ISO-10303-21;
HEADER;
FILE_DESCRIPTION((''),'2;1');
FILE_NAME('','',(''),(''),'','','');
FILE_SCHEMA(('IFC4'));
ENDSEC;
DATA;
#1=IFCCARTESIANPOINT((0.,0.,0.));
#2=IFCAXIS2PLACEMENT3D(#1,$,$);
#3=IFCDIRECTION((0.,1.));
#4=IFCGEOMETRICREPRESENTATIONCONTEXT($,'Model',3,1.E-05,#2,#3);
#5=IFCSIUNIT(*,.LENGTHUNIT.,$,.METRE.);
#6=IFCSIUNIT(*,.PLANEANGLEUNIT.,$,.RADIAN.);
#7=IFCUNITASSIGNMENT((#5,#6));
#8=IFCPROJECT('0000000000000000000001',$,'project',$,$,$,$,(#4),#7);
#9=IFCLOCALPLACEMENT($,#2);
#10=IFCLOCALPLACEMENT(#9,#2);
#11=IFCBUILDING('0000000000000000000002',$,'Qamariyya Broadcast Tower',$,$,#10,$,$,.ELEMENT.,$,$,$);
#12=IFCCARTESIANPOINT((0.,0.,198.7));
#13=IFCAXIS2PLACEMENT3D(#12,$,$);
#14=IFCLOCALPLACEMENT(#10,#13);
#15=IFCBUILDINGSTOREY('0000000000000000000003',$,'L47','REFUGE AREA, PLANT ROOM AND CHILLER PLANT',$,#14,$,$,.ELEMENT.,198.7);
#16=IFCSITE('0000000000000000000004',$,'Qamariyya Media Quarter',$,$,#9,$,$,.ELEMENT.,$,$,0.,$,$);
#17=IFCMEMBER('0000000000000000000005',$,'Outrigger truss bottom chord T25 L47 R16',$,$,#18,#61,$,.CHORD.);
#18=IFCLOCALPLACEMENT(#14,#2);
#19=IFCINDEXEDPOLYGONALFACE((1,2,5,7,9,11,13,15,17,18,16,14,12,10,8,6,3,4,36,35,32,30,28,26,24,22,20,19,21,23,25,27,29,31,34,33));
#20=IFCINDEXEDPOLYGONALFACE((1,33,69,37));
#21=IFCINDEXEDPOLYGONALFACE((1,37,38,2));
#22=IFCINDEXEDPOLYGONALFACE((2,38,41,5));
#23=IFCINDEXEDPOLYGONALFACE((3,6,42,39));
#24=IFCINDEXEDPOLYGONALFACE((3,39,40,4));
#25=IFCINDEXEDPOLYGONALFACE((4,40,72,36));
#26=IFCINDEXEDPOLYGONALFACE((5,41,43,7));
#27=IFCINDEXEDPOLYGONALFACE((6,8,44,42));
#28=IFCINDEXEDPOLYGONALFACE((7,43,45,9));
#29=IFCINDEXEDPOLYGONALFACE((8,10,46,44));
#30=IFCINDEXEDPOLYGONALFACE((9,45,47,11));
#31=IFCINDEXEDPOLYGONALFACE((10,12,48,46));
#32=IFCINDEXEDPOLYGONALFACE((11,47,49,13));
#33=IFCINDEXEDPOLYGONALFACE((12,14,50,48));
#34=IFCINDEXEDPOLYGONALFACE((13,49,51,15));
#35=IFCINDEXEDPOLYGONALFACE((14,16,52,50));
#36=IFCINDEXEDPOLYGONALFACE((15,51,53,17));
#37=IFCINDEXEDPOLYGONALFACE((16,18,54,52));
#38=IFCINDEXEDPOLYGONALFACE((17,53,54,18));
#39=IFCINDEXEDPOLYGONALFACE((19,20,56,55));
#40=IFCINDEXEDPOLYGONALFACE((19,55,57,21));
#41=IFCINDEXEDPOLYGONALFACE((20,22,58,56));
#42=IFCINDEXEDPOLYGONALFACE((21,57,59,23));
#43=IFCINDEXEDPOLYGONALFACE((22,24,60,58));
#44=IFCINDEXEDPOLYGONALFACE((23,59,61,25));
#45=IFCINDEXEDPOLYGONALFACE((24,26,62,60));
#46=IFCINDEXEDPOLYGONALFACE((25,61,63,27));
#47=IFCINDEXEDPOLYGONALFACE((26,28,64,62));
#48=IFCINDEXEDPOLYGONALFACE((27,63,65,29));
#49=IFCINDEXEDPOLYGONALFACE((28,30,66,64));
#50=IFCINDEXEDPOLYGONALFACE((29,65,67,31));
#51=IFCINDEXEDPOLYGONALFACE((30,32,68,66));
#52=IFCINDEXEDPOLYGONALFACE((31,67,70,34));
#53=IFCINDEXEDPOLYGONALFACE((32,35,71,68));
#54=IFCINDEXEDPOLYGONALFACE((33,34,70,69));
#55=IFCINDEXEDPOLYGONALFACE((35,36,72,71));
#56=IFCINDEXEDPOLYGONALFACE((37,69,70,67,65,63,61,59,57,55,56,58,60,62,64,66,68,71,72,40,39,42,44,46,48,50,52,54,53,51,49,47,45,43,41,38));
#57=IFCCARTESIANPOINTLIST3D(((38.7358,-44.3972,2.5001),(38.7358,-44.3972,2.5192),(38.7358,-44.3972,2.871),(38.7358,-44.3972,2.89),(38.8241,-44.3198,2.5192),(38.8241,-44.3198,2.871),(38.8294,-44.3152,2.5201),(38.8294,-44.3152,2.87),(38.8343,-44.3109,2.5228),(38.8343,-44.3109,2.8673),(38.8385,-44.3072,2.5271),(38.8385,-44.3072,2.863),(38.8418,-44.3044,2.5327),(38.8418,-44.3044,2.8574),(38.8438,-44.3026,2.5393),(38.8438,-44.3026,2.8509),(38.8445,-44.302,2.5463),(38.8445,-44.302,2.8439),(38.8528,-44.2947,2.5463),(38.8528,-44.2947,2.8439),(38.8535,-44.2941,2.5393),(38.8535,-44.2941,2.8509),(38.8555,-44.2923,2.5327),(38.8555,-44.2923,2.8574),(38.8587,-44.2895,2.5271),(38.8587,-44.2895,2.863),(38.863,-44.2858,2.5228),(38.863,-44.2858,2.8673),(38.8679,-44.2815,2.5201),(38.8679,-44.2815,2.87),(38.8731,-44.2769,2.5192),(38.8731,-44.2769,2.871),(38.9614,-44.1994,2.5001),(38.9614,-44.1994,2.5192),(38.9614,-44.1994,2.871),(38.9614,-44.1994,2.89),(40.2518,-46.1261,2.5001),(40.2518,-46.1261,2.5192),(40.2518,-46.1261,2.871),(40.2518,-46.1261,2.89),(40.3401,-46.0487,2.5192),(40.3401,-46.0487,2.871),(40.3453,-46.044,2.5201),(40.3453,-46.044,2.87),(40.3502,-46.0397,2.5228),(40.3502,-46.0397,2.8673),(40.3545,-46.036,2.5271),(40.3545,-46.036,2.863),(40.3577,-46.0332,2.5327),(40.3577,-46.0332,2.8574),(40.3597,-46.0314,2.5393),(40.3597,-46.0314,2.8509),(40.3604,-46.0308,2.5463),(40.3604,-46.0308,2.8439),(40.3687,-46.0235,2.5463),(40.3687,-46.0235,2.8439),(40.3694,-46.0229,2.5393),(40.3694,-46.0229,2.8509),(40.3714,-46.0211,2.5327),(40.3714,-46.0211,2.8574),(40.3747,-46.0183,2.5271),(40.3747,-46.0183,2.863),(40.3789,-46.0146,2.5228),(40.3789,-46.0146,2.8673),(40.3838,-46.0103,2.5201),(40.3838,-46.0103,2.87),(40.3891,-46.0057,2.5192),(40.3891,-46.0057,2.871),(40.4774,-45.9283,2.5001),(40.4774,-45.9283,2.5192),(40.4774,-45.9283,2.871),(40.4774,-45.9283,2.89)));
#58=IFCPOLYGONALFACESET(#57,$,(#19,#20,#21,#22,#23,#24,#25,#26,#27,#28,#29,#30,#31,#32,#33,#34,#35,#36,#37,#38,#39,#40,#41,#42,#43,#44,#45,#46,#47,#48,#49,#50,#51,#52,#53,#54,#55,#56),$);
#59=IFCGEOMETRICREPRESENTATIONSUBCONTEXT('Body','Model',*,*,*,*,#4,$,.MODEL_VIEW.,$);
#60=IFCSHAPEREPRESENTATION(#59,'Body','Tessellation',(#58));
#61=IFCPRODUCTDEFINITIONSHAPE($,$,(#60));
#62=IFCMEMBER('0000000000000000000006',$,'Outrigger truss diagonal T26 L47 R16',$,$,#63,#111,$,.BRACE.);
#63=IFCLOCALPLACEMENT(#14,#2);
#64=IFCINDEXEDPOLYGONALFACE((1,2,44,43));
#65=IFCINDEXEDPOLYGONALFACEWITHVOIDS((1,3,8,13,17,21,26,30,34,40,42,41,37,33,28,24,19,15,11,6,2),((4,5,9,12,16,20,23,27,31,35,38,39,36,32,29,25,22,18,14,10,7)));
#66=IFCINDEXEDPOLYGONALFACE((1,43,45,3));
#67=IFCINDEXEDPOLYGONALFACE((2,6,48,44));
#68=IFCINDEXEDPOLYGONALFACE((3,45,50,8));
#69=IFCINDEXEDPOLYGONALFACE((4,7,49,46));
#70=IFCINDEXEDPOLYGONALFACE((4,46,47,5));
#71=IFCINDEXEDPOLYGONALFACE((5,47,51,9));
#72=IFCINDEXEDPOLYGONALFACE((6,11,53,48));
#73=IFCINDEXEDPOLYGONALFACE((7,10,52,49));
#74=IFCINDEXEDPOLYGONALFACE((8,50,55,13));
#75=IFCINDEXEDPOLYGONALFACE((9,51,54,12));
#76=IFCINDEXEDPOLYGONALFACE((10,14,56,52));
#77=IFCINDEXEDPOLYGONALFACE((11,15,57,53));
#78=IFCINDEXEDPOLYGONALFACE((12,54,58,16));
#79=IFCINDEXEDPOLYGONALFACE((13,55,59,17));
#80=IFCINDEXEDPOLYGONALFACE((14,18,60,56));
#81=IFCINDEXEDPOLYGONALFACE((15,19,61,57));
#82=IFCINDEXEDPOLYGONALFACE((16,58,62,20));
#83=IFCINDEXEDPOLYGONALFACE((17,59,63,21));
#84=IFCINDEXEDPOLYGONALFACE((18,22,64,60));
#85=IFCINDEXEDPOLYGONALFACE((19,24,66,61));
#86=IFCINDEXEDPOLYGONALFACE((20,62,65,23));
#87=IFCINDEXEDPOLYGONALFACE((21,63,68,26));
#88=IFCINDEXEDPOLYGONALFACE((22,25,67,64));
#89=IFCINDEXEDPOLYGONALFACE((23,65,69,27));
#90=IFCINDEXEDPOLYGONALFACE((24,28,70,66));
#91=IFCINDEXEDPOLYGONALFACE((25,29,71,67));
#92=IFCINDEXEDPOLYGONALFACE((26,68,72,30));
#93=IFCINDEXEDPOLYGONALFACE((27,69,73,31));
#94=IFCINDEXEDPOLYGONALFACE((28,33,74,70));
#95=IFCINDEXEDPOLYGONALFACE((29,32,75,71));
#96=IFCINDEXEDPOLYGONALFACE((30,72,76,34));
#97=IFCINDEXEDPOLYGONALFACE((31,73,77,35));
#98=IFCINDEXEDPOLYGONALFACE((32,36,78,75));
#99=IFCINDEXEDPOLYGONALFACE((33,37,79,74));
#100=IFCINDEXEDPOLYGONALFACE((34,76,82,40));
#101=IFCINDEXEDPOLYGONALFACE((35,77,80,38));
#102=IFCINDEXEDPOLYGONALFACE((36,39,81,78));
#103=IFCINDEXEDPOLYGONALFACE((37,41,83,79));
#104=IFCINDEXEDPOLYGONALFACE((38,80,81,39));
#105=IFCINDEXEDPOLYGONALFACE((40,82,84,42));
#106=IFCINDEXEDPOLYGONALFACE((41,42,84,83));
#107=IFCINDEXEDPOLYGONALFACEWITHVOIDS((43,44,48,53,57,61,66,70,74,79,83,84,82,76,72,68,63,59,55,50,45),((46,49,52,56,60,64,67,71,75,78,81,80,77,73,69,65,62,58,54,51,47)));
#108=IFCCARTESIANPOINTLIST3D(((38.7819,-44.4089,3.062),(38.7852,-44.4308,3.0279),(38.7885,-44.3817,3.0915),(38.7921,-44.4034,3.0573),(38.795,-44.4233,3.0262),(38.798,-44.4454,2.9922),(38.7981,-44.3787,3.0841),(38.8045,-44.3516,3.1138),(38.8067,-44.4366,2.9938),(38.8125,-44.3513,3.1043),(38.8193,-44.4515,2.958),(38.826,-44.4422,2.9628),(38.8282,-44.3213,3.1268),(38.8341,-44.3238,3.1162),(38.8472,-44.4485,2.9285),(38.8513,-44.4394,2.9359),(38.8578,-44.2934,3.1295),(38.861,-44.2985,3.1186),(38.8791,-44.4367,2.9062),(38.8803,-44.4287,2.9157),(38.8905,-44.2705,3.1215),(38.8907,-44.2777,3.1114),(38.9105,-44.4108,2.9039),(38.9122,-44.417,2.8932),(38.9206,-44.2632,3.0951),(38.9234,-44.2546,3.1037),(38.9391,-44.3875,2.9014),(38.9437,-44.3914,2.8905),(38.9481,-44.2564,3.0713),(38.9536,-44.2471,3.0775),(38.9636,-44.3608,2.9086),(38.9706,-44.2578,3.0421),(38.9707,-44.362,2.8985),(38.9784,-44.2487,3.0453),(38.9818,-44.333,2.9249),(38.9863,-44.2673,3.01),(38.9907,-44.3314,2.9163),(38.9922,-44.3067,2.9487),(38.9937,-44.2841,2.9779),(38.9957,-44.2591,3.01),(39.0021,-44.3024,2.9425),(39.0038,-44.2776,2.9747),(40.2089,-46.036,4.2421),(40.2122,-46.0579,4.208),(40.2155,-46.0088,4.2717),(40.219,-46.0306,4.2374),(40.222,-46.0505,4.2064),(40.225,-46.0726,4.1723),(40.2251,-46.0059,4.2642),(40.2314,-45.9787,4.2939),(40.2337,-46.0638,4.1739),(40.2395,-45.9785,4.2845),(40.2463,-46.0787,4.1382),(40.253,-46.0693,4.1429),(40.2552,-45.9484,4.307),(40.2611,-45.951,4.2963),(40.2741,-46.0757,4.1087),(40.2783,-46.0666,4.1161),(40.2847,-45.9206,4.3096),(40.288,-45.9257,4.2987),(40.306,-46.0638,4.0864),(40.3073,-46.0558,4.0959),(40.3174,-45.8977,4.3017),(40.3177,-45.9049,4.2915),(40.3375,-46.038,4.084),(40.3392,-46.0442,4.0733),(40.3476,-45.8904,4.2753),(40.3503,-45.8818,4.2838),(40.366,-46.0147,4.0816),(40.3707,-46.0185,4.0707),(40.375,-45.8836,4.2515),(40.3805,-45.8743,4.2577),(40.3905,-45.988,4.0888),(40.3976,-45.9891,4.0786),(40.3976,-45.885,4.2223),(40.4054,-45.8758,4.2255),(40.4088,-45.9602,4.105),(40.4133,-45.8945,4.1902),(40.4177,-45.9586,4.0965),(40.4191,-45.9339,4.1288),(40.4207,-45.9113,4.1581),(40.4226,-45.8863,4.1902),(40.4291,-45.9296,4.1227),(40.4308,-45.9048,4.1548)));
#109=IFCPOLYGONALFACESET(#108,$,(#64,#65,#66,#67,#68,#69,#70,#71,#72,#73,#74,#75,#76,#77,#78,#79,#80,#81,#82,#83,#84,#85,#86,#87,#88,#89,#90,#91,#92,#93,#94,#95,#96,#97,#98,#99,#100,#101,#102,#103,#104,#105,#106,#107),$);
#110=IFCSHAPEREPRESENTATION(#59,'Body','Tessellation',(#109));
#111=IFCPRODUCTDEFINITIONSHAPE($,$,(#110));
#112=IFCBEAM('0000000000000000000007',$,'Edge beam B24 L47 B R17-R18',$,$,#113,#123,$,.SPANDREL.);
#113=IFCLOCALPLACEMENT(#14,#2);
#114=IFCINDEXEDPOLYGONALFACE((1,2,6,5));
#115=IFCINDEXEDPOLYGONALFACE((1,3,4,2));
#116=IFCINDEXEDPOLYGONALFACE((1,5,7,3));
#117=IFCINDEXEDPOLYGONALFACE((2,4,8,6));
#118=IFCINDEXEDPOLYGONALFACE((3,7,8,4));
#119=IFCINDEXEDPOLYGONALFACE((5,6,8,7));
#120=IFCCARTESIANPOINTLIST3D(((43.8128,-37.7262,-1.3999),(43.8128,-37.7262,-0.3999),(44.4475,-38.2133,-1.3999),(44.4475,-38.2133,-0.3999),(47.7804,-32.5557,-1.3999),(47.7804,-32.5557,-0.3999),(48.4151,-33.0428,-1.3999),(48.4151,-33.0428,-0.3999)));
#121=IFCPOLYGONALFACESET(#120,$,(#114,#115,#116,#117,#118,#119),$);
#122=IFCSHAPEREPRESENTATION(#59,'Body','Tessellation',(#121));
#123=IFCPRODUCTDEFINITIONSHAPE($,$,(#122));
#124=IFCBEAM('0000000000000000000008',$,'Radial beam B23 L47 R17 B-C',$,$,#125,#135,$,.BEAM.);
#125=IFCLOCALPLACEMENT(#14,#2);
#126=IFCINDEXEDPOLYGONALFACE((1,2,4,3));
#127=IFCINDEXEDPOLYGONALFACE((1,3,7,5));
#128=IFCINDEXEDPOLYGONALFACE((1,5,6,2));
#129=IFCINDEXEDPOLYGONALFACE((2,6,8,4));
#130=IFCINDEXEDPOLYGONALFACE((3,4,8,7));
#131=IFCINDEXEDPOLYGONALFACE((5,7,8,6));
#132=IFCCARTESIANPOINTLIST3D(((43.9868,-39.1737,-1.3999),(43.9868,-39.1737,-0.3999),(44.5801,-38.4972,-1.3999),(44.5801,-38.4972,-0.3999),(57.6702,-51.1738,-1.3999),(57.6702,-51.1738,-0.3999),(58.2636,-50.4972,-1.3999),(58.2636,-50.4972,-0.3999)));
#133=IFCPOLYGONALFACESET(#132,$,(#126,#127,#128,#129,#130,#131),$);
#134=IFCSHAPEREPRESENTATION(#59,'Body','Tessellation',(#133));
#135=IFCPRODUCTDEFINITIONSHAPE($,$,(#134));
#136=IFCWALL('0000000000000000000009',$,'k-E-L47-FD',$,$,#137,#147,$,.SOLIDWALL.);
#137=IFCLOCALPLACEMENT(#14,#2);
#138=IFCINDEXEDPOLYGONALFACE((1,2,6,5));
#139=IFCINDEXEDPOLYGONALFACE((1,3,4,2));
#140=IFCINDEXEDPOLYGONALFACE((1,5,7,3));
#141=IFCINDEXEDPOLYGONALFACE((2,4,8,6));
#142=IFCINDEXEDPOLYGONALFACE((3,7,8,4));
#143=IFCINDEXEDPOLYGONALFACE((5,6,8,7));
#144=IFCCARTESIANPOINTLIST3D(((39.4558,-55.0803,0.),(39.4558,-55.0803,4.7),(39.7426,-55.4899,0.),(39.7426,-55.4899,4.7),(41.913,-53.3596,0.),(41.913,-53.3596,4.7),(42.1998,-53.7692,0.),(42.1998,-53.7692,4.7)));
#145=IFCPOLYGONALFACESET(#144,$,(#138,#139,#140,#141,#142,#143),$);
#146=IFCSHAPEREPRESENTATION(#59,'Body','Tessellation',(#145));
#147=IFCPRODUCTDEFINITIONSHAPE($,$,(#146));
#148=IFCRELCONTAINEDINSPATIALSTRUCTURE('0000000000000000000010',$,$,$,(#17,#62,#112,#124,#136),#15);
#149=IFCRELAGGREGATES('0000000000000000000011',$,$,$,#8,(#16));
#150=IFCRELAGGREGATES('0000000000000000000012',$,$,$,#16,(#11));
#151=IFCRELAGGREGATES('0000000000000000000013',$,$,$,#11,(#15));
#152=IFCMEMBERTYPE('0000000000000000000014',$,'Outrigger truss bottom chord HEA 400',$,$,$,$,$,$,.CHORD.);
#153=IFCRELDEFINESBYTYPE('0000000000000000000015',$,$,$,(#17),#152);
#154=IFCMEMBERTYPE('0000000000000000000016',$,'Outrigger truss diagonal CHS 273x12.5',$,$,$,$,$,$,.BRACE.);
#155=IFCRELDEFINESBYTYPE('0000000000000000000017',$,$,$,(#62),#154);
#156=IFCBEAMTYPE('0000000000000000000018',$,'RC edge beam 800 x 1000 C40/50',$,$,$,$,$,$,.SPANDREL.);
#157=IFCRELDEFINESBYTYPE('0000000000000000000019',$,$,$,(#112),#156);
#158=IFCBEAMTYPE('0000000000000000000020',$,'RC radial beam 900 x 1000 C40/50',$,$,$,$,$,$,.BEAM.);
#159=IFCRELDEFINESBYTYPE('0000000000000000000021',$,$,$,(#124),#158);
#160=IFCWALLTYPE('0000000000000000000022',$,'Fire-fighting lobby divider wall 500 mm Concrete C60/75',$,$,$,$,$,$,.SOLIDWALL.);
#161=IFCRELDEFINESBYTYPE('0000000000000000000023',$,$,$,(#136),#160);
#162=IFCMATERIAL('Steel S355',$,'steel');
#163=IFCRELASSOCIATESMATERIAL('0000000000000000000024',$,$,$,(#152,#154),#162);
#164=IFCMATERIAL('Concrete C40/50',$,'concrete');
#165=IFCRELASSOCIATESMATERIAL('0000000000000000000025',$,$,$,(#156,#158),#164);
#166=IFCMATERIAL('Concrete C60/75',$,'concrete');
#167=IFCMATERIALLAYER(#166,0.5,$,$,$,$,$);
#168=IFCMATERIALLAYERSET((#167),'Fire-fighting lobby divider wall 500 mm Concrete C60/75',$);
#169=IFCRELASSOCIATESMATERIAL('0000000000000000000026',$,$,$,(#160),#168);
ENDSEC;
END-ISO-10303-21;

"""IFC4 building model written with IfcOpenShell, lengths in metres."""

from ifc_helpers import new_model, si_unit, direction, frame, frame_2d, origin, origin_2d, place, context, subcontext, project, spatial, rectangle, hollow_circle, i_section, extrude, material, layer, layer_set, material_profile, profile_set, type_object, element, save


model = new_model("IFC4")

# Units and contexts
model_context = context("Model", 3, precision=1e-05, world=origin(), true_north=direction((0.0, 1.0)))
body_context = subcontext(model_context, "Body", "Model", "MODEL_VIEW")
ifc_project = project(units=[si_unit("LENGTHUNIT", "METRE"), si_unit("PLANEANGLEUNIT", "RADIAN")], contexts=[model_context])

# Site, building, storey
site_placement = place(None, origin())
site = spatial("IfcSite", under=ifc_project, at=site_placement, Name="Qamariyya Media Quarter", CompositionType="ELEMENT", RefElevation=0.0)
building_placement = place(site_placement, origin())
building = spatial("IfcBuilding", under=site, at=building_placement, Name="Qamariyya Broadcast Tower", CompositionType="ELEMENT")
storey_placement = place(building_placement, frame((0.0, 0.0, 198.7)))
storey = spatial("IfcBuildingStorey", under=building, at=storey_placement, Name="L47", Description="REFUGE AREA, PLANT ROOM AND CHILLER PLANT", CompositionType="ELEMENT", Elevation=198.7)

# Shared definitions
ifc_material_1 = material(Name="Concrete C60/75", Category="concrete")

# Members
ifc_material_2 = material(Name="Steel S355", Category="steel")
ifc_material_profile_1 = material_profile(ifc_material_2, i_section(OverallWidth=0.3, OverallDepth=0.3899, WebThickness=0.011, FlangeThickness=0.019, FilletRadius=0.0271, at=origin_2d()))
ifc_profile_set_1 = profile_set([ifc_material_profile_1], Name="Steel S355")
member_type_1 = type_object("IfcMemberType", Name="Outrigger truss bottom chord HEA 400", PredefinedType="CHORD", material=ifc_profile_set_1)
member_1_placement = place(storey_placement, frame((38.8486, -44.2983, 2.6951), z_axis=(0.659294, -0.751886, 0.0), x_axis=(0.751886, 0.659294, 0.0)))
element("IfcMember", 1, at=member_1_placement, inside=storey, type_object=member_type_1, Name="Outrigger truss bottom chord T25 L47 R16", PredefinedType="CHORD", context=body_context, shape_type="SweptSolid", body=[
    extrude(i_section(OverallWidth=0.3, OverallDepth=0.3899, WebThickness=0.011, FlangeThickness=0.019, FilletRadius=0.0271, at=origin_2d()), origin(), (0.0, 0.0, 1.0), 2.2993),
])
ifc_material_profile_2 = material_profile(ifc_material_2, hollow_circle(Radius=0.1365, WallThickness=0.0125, at=origin_2d()))
ifc_profile_set_2 = profile_set([ifc_material_profile_2], Name="Steel S355")
member_type_2 = type_object("IfcMemberType", Name="Outrigger truss diagonal CHS 273x12.5", PredefinedType="BRACE", material=ifc_profile_set_2)
member_2_placement = place(storey_placement, frame((38.8931, -44.3491, 3.01), z_axis=(0.578872, -0.660083, 0.478746), x_axis=(0.751842, 0.659343, 0.0)))
element("IfcMember", 2, at=member_2_placement, inside=storey, type_object=member_type_2, Name="Outrigger truss diagonal T26 L47 R16", PredefinedType="BRACE", context=body_context, shape_type="SweptSolid", body=[
    extrude(hollow_circle(Radius=0.1365, WallThickness=0.0125, at=origin_2d()), origin(), (0.0, 0.0, 1.0), 2.4651),
])

# Beams
ifc_material_3 = material(Name="Concrete C40/50", Category="concrete")
ifc_material_profile_3 = material_profile(ifc_material_3, rectangle(XDim=0.8, YDim=1.0, at=origin_2d()))
ifc_profile_set_3 = profile_set([ifc_material_profile_3], Name="Concrete C40/50")
beam_type_1 = type_object("IfcBeamType", Name="RC edge beam 800 x 1000 C40/50", PredefinedType="SPANDREL", material=ifc_profile_set_3)
beam_1_placement = place(storey_placement, frame((44.1301, -37.9697, -0.8999), z_axis=(0.608774, 0.793343, 0.0), x_axis=(-0.793343, 0.608774, 0.0)))
element("IfcBeam", 3, at=beam_1_placement, inside=storey, type_object=beam_type_1, Name="Edge beam B24 L47 B R17-R18", PredefinedType="SPANDREL", context=body_context, shape_type="SweptSolid", body=[
    extrude(rectangle(XDim=0.8, YDim=1.0, at=origin_2d()), origin(), (0.0, 0.0, 1.0), 6.5173),
])
ifc_material_profile_4 = material_profile(ifc_material_3, rectangle(XDim=0.8999, YDim=1.0, at=origin_2d()))
ifc_profile_set_4 = profile_set([ifc_material_profile_4], Name="Concrete C40/50")
beam_type_2 = type_object("IfcBeamType", Name="RC radial beam 900 x 1000 C40/50", PredefinedType="BEAM", material=ifc_profile_set_4)
beam_2_placement = place(storey_placement, frame((44.2834, -38.8354, -0.8999), z_axis=(0.751839, -0.659347, 0.0), x_axis=(0.659347, 0.751839, 0.0)))
element("IfcBeam", 4, at=beam_2_placement, inside=storey, type_object=beam_type_2, Name="Radial beam B23 L47 R17 B-C", PredefinedType="BEAM", context=body_context, shape_type="SweptSolid", body=[
    extrude(rectangle(XDim=0.8999, YDim=1.0, at=origin_2d()), origin(), (0.0, 0.0, 1.0), 18.2),
])

# Wall
ifc_layer_1 = layer(ifc_material_1, 0.5)
ifc_layer_set_1 = layer_set([ifc_layer_1], Name="Fire-fighting lobby divider wall 500 mm Concrete C60/75")
wall_type_1 = type_object("IfcWallType", Name="Fire-fighting lobby divider wall 500 mm Concrete C60/75", PredefinedType="SOLIDWALL", material=ifc_layer_set_1)
wall_1_placement = place(storey_placement, frame((39.5991, -55.2852, 0.0), z_axis=(0.0, 0.0, 1.0), x_axis=(0.819136, 0.573599, 0.0)))
element("IfcWall", 5, at=wall_1_placement, inside=storey, type_object=wall_type_1, Name="k-E-L47-FD", PredefinedType="SOLIDWALL", context=body_context, shape_type="SweptSolid", body=[
    extrude(rectangle(XDim=2.9998, YDim=0.5, at=frame_2d((1.5, 0.0))), origin(), (0.0, 0.0, 1.0), 4.7),
])

save(model, "model.ifc")
